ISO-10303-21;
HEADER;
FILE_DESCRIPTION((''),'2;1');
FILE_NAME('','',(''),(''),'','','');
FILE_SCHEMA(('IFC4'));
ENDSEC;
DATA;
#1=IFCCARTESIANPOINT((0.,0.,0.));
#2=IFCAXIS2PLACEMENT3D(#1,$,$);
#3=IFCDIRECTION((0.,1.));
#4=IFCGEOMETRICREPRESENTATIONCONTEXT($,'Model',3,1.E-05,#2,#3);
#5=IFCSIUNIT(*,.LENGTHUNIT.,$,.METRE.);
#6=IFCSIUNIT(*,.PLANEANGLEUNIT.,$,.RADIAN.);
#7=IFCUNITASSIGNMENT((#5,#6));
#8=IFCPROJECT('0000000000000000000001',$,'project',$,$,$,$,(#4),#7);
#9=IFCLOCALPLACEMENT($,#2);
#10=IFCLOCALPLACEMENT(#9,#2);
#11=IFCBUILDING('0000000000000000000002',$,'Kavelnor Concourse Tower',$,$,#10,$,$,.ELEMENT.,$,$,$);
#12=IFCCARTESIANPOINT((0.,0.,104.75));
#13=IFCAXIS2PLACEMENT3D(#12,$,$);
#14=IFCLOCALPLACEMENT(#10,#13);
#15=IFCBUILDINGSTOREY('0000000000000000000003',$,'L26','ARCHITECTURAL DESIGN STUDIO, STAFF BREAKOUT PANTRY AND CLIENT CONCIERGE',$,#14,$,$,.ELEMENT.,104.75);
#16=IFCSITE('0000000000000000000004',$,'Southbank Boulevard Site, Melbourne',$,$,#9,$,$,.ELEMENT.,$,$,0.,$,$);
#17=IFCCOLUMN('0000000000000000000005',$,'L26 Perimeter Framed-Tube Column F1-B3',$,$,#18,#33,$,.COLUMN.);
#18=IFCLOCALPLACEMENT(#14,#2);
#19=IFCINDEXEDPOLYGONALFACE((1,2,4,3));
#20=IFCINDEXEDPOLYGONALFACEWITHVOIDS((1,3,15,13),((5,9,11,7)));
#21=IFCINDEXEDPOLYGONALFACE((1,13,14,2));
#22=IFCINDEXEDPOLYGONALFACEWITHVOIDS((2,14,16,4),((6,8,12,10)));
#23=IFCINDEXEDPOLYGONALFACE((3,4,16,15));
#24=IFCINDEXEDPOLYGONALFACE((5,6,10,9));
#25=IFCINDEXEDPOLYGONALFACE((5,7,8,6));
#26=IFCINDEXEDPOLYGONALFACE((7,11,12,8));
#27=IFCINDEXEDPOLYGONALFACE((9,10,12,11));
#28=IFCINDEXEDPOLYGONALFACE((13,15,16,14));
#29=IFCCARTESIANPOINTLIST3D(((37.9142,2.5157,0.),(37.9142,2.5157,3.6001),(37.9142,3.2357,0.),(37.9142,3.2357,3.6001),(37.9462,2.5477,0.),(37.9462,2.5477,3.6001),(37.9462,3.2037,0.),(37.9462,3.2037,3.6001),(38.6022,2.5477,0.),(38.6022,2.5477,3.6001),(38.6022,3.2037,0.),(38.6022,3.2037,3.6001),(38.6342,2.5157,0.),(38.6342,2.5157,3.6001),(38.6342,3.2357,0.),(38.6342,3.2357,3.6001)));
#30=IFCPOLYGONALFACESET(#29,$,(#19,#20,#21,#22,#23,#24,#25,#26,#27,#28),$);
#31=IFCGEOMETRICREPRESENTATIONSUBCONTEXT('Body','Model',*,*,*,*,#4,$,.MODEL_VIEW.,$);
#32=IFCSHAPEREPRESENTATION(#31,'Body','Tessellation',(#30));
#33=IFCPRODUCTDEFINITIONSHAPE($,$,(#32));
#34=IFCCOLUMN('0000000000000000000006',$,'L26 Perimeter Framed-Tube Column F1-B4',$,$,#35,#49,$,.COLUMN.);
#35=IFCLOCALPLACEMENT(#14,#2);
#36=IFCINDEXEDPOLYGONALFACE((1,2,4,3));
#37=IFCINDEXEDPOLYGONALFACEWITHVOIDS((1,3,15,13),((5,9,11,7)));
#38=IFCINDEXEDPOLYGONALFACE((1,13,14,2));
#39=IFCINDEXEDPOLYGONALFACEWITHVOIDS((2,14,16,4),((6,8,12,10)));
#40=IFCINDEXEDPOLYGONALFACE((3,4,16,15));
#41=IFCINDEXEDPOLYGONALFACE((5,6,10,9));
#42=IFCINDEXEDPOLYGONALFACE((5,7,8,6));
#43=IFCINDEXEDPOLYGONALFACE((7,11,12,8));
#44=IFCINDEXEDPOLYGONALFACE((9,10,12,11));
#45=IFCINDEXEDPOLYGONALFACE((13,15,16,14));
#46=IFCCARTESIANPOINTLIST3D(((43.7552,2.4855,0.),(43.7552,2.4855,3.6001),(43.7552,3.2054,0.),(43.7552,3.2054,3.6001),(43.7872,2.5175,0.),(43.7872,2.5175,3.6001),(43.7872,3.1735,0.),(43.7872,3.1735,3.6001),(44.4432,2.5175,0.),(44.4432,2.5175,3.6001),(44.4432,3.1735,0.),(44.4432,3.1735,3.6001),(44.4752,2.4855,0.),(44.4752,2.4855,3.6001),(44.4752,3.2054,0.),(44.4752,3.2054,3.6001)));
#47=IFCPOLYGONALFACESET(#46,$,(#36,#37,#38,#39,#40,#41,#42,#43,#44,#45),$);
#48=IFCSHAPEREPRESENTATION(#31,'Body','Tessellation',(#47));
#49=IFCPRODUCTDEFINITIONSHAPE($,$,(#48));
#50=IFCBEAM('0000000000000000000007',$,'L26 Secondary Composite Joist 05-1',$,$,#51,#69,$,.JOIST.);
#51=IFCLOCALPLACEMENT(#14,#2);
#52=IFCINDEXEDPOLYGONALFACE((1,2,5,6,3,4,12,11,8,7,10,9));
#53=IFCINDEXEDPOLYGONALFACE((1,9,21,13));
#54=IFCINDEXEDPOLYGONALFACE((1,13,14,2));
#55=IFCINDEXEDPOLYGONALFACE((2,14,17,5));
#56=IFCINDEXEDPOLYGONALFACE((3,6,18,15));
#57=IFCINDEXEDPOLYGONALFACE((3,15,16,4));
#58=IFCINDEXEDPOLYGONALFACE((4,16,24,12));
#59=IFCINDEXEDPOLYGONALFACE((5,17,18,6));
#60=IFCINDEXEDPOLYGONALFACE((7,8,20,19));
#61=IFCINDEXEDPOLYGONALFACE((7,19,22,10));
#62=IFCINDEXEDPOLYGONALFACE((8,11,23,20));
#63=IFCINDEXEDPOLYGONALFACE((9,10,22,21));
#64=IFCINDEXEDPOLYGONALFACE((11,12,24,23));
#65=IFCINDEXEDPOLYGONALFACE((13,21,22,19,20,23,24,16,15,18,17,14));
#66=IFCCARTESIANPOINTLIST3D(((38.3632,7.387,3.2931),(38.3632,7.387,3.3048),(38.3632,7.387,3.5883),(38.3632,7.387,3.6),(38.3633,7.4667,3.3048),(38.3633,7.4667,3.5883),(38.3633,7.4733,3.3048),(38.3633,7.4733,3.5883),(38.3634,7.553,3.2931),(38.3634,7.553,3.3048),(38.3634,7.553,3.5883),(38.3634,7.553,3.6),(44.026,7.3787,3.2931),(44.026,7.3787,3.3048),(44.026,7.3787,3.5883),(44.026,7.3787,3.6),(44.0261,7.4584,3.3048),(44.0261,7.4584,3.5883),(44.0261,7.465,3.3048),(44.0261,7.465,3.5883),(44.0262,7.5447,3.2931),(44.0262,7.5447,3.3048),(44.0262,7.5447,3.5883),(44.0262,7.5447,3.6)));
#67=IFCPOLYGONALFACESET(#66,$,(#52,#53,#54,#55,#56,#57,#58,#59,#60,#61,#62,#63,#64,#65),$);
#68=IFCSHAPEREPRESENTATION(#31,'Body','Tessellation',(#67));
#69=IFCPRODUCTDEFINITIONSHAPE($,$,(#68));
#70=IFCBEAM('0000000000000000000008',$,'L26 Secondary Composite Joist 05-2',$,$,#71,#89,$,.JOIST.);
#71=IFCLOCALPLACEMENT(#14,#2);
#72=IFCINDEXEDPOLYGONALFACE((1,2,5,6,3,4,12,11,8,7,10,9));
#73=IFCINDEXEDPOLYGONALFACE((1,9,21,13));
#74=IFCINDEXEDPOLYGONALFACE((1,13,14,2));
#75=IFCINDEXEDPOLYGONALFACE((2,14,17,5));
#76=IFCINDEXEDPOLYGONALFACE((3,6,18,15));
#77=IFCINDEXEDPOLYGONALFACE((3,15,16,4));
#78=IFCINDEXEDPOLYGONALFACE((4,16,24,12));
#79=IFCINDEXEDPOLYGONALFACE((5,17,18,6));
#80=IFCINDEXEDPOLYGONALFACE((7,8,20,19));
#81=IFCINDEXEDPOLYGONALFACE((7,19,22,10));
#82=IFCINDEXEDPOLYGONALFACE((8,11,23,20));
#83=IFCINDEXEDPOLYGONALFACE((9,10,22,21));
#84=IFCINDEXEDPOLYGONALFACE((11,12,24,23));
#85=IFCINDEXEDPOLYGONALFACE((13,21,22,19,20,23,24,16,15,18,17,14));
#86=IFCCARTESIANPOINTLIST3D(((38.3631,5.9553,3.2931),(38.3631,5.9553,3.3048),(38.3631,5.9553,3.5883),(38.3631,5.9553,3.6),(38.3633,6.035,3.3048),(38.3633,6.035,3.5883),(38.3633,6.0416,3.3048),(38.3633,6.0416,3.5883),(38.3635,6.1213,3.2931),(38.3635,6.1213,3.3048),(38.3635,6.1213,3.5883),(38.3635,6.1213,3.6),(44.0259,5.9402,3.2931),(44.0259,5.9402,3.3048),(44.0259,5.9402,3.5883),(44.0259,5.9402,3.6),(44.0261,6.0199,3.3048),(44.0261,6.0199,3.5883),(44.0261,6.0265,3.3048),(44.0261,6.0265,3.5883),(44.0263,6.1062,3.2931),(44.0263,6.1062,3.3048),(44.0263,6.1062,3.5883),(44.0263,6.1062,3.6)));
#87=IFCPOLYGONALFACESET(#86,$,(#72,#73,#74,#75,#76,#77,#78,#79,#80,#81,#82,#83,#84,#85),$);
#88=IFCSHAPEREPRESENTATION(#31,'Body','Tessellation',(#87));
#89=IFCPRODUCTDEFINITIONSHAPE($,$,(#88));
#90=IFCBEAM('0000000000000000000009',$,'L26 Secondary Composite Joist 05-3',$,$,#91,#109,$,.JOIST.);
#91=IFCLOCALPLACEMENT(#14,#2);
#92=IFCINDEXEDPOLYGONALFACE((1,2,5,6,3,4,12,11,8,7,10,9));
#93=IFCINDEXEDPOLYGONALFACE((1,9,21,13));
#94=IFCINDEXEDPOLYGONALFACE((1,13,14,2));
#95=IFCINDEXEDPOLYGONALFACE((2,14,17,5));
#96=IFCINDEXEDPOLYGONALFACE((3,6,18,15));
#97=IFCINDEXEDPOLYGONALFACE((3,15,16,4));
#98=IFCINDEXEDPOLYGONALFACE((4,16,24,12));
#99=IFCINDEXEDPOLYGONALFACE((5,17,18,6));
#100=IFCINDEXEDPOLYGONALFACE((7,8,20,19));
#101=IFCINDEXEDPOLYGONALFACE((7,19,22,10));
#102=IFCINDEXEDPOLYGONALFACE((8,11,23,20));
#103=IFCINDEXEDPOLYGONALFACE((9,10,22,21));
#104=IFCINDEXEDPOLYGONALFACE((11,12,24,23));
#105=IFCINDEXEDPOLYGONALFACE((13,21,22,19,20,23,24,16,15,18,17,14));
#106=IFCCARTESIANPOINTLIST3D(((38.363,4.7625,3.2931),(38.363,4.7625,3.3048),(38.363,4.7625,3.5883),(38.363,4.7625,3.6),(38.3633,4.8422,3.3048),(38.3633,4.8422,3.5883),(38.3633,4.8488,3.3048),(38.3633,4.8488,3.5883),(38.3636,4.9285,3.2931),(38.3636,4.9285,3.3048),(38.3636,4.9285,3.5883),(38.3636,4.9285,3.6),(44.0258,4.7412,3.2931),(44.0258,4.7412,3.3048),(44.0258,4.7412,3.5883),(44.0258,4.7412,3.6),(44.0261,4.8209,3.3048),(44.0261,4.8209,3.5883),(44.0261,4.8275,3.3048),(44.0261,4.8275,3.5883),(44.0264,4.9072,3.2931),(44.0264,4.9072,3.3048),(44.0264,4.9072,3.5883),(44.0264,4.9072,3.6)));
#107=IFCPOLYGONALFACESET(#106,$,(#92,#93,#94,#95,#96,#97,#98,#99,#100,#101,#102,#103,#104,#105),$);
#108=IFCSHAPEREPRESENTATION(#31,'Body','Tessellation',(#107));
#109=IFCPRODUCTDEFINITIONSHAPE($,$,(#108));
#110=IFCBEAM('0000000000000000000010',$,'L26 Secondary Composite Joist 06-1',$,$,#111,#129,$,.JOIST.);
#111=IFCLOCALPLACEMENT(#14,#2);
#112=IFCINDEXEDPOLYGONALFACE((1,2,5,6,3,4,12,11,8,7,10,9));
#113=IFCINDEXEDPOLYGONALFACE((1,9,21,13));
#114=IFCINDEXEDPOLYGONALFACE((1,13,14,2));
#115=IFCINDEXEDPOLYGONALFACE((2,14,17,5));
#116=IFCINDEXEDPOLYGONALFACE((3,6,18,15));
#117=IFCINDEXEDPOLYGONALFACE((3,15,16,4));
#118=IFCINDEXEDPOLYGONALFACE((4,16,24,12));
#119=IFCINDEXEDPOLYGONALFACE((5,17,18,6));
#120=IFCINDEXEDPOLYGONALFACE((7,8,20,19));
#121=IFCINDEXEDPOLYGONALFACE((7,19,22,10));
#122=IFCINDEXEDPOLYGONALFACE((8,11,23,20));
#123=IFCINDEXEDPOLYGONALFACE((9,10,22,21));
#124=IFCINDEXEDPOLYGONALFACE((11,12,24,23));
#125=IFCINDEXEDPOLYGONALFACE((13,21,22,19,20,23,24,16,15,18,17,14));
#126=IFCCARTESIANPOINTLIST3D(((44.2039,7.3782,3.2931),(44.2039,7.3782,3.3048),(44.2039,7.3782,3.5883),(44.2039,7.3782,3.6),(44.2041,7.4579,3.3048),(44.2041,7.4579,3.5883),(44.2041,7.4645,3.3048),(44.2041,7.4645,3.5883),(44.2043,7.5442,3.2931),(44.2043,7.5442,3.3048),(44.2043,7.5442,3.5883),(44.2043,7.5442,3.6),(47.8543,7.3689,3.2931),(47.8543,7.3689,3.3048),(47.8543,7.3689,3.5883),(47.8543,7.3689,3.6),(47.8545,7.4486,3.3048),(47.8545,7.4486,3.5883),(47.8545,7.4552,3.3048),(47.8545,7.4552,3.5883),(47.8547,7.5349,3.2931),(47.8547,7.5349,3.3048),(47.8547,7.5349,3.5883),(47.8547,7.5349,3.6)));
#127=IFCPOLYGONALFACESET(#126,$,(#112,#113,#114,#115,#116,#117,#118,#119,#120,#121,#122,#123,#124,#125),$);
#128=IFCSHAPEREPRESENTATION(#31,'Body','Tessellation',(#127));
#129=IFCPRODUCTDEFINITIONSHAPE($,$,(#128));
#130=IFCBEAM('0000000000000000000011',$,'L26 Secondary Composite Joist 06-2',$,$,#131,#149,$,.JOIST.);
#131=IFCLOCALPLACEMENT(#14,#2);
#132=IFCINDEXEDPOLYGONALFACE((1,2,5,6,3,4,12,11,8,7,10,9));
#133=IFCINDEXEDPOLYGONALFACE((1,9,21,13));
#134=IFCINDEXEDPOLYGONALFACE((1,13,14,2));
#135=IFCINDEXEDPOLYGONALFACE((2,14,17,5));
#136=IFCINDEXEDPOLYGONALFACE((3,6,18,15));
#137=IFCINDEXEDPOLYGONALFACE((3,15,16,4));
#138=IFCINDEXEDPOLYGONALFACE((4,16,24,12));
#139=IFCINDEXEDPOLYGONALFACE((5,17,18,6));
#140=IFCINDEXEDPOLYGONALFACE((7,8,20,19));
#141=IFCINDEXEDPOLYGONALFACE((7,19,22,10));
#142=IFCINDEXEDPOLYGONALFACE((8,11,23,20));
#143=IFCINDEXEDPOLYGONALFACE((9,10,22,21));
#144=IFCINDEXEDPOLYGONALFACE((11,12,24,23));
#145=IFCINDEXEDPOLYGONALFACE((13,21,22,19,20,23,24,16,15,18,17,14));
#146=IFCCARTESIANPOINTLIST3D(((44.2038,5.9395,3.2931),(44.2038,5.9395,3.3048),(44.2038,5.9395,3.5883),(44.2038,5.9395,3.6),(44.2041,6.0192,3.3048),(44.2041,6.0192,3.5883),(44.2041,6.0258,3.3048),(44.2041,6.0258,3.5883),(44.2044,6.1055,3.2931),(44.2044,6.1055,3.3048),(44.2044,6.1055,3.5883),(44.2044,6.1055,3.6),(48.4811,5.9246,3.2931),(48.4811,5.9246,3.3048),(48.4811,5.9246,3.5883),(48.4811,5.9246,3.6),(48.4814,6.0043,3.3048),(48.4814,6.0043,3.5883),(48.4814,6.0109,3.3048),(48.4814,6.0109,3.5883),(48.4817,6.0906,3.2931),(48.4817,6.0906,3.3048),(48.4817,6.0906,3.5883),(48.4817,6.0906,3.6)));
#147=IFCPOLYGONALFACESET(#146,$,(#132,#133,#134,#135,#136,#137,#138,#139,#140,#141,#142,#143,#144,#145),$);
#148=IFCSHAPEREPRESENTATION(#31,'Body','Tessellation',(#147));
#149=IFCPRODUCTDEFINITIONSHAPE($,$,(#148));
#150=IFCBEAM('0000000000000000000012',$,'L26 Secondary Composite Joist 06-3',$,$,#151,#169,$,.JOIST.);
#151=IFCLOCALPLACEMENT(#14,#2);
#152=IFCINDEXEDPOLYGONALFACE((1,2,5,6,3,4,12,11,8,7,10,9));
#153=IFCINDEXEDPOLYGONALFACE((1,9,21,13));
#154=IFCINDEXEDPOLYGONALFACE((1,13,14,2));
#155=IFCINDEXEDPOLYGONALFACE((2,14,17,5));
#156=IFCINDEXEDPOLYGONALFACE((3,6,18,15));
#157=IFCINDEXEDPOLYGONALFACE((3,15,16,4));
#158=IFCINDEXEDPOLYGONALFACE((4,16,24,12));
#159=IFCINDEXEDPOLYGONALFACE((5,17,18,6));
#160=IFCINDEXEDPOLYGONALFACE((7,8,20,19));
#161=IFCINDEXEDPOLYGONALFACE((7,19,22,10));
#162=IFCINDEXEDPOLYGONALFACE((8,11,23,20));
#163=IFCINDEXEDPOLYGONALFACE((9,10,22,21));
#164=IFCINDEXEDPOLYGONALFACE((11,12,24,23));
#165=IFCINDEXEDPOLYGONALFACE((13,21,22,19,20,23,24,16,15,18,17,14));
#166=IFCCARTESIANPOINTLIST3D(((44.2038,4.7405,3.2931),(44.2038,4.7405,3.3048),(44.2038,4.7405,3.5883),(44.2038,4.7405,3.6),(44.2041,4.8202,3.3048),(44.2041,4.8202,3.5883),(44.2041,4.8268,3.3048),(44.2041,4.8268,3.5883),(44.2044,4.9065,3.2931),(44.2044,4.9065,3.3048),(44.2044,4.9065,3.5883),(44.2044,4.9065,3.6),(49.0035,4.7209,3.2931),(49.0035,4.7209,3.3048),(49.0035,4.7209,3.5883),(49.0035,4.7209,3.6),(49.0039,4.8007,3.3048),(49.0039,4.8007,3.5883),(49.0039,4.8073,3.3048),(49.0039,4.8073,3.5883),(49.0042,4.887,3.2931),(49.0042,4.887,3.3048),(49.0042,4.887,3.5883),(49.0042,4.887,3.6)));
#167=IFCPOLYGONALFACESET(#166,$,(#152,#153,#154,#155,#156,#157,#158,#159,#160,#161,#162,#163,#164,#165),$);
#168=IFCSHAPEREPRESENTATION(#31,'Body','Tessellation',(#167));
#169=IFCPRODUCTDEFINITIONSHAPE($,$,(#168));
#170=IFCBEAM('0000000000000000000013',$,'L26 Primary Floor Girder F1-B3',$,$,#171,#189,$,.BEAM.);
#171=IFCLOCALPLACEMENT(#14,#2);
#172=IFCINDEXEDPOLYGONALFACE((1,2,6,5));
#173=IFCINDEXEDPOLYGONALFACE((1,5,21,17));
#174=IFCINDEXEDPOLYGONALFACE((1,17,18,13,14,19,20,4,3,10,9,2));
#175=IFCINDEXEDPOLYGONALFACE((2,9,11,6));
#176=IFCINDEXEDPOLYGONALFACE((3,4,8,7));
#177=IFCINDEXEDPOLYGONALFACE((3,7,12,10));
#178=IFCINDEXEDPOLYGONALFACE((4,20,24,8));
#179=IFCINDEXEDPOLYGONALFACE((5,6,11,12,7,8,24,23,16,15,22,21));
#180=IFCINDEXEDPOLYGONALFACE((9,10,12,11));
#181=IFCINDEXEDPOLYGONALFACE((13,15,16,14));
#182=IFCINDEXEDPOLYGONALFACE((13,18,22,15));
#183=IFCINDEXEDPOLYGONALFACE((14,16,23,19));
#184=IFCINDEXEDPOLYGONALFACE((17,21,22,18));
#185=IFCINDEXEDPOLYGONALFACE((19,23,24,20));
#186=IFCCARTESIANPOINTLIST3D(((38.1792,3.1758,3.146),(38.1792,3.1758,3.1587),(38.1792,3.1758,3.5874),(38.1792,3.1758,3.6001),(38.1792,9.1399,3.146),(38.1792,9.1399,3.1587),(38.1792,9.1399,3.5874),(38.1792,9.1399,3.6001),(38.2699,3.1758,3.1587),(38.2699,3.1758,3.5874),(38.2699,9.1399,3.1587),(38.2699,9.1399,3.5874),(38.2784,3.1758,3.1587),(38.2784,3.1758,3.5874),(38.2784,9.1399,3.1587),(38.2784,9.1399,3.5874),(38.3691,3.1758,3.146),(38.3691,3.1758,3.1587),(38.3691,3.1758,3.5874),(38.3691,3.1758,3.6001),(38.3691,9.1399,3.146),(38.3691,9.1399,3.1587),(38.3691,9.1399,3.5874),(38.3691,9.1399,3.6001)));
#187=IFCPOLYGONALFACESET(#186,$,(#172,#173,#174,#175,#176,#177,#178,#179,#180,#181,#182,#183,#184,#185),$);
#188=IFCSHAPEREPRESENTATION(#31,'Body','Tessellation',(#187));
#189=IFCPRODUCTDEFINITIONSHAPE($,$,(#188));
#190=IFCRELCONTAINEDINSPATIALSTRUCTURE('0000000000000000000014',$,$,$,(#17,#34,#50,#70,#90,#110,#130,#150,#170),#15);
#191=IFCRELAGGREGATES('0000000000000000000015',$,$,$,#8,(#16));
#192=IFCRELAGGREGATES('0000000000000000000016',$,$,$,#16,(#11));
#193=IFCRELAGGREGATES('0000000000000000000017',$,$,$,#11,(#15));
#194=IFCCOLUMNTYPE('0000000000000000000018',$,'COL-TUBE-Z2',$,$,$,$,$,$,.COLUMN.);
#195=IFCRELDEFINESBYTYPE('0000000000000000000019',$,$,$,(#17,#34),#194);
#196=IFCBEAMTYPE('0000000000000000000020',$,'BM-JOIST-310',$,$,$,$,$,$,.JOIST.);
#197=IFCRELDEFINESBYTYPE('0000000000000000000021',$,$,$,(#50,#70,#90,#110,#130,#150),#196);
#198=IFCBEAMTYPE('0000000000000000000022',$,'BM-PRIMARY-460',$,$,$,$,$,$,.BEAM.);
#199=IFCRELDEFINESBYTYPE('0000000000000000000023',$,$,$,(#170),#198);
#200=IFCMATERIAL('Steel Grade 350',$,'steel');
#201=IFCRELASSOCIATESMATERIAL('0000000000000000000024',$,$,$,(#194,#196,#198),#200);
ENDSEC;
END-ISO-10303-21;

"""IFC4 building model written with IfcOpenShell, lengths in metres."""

from ifc_helpers import new_model, si_unit, direction, frame, origin, origin_2d, place, context, subcontext, project, spatial, hollow_rectangle, i_section, extrude, material, material_profile, profile_set, type_object, element, save


model = new_model("IFC4")

# Units and contexts
model_context = context("Model", 3, precision=1e-05, world=origin(), true_north=direction((0.0, 1.0)))
body_context = subcontext(model_context, "Body", "Model", "MODEL_VIEW")
ifc_project = project(units=[si_unit("LENGTHUNIT", "METRE"), si_unit("PLANEANGLEUNIT", "RADIAN")], contexts=[model_context])

# Site, building, storey
site_placement = place(None, origin())
site = spatial("IfcSite", under=ifc_project, at=site_placement, Name="Southbank Boulevard Site, Melbourne", CompositionType="ELEMENT", RefElevation=0.0)
building_placement = place(site_placement, origin())
building = spatial("IfcBuilding", under=site, at=building_placement, Name="Kavelnor Concourse Tower", CompositionType="ELEMENT")
storey_placement = place(building_placement, frame((0.0, 0.0, 104.75)))
storey = spatial("IfcBuildingStorey", under=building, at=storey_placement, Name="L26", Description="ARCHITECTURAL DESIGN STUDIO, STAFF BREAKOUT PANTRY AND CLIENT CONCIERGE", CompositionType="ELEMENT", Elevation=104.75)

# Columns
ifc_material_1 = material(Name="Steel Grade 350", Category="steel")
ifc_material_profile_1 = material_profile(ifc_material_1, hollow_rectangle(XDim=0.72, YDim=0.72, WallThickness=0.032, at=origin_2d()), Name="SHS 720x720x32")
ifc_profile_set_1 = profile_set([ifc_material_profile_1], Name="Steel Grade 350")
column_type = type_object("IfcColumnType", Name="COL-TUBE-Z2", PredefinedType="COLUMN", material=ifc_profile_set_1)
for number, where, z_axis, x_axis, name in (
    (1, (38.2742, 2.8757, 0.0), (0.0, 0.0, 1.0), (1.0, 0.0, 0.0), "L26 Perimeter Framed-Tube Column F1-B3"),
    (2, (44.1152, 2.8455, 0.0), (0.0, 0.0, 1.0), (1.0, 0.0, 0.0), "L26 Perimeter Framed-Tube Column F1-B4"),
):
    element("IfcColumn", number, at=place(storey_placement, frame(where, z_axis=z_axis, x_axis=x_axis)), inside=storey, type_object=column_type, Name=name, PredefinedType="COLUMN", context=body_context, shape_type="SweptSolid", body=[
        extrude(hollow_rectangle(XDim=0.72, YDim=0.72, WallThickness=0.032, at=origin_2d()), origin(), (0.0, 0.0, 1.0), 3.6001),
    ])

# Beams
ifc_material_profile_2 = material_profile(ifc_material_1, i_section(OverallWidth=0.166, OverallDepth=0.3069, WebThickness=0.0066, FlangeThickness=0.0117, at=origin_2d()), Name="310UB46")
ifc_profile_set_2 = profile_set([ifc_material_profile_2], Name="Steel Grade 350")
beam_type_1 = type_object("IfcBeamType", Name="BM-JOIST-310", PredefinedType="JOIST", material=ifc_profile_set_2)
for number, where, z_axis, x_axis, name in (
    (3, (38.3633, 7.47, 3.4465), (0.999999, -0.001466, 0.0), (0.001466, 0.999999, 0.0), "L26 Secondary Composite Joist 05-1"),
    (4, (38.3633, 6.0383, 3.4465), (0.999996, -0.002673, 0.0), (0.002673, 0.999996, 0.0), "L26 Secondary Composite Joist 05-2"),
    (5, (38.3633, 4.8455, 3.4465), (0.999993, -0.003751, 0.0), (0.003751, 0.999993, 0.0), "L26 Secondary Composite Joist 05-3"),
):
    element("IfcBeam", number, at=place(storey_placement, frame(where, z_axis=z_axis, x_axis=x_axis)), inside=storey, type_object=beam_type_1, Name=name, PredefinedType="JOIST", context=body_context, shape_type="SweptSolid", body=[
        extrude(i_section(OverallWidth=0.166, OverallDepth=0.3069, WebThickness=0.0066, FlangeThickness=0.0117, at=origin_2d()), origin(), (0.0, 0.0, 1.0), 5.6628),
    ])
beam_1_placement = place(storey_placement, frame((44.2041, 7.4612, 3.4465), z_axis=(0.999997, -0.002541, 0.0), x_axis=(0.002541, 0.999997, 0.0)))
element("IfcBeam", 6, at=beam_1_placement, inside=storey, type_object=beam_type_1, Name="L26 Secondary Composite Joist 06-1", PredefinedType="JOIST", context=body_context, shape_type="SweptSolid", body=[
    extrude(i_section(OverallWidth=0.166, OverallDepth=0.3069, WebThickness=0.0066, FlangeThickness=0.0117, at=origin_2d()), origin(), (0.0, 0.0, 1.0), 3.6504),
])
beam_2_placement = place(storey_placement, frame((44.2041, 6.0225, 3.4465), z_axis=(0.999994, -0.003482, 0.0), x_axis=(0.003482, 0.999994, 0.0)))
element("IfcBeam", 7, at=beam_2_placement, inside=storey, type_object=beam_type_1, Name="L26 Secondary Composite Joist 06-2", PredefinedType="JOIST", context=body_context, shape_type="SweptSolid", body=[
    extrude(i_section(OverallWidth=0.166, OverallDepth=0.3069, WebThickness=0.0066, FlangeThickness=0.0117, at=origin_2d()), origin(), (0.0, 0.0, 1.0), 4.2773),
])
beam_3_placement = place(storey_placement, frame((44.2041, 4.8235, 3.4465), z_axis=(0.999992, -0.004069, 0.0), x_axis=(0.004069, 0.999992, 0.0)))
element("IfcBeam", 8, at=beam_3_placement, inside=storey, type_object=beam_type_1, Name="L26 Secondary Composite Joist 06-3", PredefinedType="JOIST", context=body_context, shape_type="SweptSolid", body=[
    extrude(i_section(OverallWidth=0.166, OverallDepth=0.3069, WebThickness=0.0066, FlangeThickness=0.0117, at=origin_2d()), origin(), (0.0, 0.0, 1.0), 4.7998),
])
ifc_material_profile_3 = material_profile(ifc_material_1, i_section(OverallWidth=0.1899, OverallDepth=0.4541, WebThickness=0.0085, FlangeThickness=0.0127, at=origin_2d()), Name="460UB67")
ifc_profile_set_3 = profile_set([ifc_material_profile_3], Name="Steel Grade 350")
beam_type_2 = type_object("IfcBeamType", Name="BM-PRIMARY-460", PredefinedType="BEAM", material=ifc_profile_set_3)
beam_4_placement = place(storey_placement, frame((38.2742, 9.1399, 3.373), z_axis=(0.0, -1.0, 0.0), x_axis=(1.0, 0.0, 0.0)))
element("IfcBeam", 9, at=beam_4_placement, inside=storey, type_object=beam_type_2, Name="L26 Primary Floor Girder F1-B3", PredefinedType="BEAM", context=body_context, shape_type="SweptSolid", body=[
    extrude(i_section(OverallWidth=0.1899, OverallDepth=0.4541, WebThickness=0.0085, FlangeThickness=0.0127, at=origin_2d()), origin(), (0.0, 0.0, 1.0), 5.9641),
])

save(model, "model.ifc")
